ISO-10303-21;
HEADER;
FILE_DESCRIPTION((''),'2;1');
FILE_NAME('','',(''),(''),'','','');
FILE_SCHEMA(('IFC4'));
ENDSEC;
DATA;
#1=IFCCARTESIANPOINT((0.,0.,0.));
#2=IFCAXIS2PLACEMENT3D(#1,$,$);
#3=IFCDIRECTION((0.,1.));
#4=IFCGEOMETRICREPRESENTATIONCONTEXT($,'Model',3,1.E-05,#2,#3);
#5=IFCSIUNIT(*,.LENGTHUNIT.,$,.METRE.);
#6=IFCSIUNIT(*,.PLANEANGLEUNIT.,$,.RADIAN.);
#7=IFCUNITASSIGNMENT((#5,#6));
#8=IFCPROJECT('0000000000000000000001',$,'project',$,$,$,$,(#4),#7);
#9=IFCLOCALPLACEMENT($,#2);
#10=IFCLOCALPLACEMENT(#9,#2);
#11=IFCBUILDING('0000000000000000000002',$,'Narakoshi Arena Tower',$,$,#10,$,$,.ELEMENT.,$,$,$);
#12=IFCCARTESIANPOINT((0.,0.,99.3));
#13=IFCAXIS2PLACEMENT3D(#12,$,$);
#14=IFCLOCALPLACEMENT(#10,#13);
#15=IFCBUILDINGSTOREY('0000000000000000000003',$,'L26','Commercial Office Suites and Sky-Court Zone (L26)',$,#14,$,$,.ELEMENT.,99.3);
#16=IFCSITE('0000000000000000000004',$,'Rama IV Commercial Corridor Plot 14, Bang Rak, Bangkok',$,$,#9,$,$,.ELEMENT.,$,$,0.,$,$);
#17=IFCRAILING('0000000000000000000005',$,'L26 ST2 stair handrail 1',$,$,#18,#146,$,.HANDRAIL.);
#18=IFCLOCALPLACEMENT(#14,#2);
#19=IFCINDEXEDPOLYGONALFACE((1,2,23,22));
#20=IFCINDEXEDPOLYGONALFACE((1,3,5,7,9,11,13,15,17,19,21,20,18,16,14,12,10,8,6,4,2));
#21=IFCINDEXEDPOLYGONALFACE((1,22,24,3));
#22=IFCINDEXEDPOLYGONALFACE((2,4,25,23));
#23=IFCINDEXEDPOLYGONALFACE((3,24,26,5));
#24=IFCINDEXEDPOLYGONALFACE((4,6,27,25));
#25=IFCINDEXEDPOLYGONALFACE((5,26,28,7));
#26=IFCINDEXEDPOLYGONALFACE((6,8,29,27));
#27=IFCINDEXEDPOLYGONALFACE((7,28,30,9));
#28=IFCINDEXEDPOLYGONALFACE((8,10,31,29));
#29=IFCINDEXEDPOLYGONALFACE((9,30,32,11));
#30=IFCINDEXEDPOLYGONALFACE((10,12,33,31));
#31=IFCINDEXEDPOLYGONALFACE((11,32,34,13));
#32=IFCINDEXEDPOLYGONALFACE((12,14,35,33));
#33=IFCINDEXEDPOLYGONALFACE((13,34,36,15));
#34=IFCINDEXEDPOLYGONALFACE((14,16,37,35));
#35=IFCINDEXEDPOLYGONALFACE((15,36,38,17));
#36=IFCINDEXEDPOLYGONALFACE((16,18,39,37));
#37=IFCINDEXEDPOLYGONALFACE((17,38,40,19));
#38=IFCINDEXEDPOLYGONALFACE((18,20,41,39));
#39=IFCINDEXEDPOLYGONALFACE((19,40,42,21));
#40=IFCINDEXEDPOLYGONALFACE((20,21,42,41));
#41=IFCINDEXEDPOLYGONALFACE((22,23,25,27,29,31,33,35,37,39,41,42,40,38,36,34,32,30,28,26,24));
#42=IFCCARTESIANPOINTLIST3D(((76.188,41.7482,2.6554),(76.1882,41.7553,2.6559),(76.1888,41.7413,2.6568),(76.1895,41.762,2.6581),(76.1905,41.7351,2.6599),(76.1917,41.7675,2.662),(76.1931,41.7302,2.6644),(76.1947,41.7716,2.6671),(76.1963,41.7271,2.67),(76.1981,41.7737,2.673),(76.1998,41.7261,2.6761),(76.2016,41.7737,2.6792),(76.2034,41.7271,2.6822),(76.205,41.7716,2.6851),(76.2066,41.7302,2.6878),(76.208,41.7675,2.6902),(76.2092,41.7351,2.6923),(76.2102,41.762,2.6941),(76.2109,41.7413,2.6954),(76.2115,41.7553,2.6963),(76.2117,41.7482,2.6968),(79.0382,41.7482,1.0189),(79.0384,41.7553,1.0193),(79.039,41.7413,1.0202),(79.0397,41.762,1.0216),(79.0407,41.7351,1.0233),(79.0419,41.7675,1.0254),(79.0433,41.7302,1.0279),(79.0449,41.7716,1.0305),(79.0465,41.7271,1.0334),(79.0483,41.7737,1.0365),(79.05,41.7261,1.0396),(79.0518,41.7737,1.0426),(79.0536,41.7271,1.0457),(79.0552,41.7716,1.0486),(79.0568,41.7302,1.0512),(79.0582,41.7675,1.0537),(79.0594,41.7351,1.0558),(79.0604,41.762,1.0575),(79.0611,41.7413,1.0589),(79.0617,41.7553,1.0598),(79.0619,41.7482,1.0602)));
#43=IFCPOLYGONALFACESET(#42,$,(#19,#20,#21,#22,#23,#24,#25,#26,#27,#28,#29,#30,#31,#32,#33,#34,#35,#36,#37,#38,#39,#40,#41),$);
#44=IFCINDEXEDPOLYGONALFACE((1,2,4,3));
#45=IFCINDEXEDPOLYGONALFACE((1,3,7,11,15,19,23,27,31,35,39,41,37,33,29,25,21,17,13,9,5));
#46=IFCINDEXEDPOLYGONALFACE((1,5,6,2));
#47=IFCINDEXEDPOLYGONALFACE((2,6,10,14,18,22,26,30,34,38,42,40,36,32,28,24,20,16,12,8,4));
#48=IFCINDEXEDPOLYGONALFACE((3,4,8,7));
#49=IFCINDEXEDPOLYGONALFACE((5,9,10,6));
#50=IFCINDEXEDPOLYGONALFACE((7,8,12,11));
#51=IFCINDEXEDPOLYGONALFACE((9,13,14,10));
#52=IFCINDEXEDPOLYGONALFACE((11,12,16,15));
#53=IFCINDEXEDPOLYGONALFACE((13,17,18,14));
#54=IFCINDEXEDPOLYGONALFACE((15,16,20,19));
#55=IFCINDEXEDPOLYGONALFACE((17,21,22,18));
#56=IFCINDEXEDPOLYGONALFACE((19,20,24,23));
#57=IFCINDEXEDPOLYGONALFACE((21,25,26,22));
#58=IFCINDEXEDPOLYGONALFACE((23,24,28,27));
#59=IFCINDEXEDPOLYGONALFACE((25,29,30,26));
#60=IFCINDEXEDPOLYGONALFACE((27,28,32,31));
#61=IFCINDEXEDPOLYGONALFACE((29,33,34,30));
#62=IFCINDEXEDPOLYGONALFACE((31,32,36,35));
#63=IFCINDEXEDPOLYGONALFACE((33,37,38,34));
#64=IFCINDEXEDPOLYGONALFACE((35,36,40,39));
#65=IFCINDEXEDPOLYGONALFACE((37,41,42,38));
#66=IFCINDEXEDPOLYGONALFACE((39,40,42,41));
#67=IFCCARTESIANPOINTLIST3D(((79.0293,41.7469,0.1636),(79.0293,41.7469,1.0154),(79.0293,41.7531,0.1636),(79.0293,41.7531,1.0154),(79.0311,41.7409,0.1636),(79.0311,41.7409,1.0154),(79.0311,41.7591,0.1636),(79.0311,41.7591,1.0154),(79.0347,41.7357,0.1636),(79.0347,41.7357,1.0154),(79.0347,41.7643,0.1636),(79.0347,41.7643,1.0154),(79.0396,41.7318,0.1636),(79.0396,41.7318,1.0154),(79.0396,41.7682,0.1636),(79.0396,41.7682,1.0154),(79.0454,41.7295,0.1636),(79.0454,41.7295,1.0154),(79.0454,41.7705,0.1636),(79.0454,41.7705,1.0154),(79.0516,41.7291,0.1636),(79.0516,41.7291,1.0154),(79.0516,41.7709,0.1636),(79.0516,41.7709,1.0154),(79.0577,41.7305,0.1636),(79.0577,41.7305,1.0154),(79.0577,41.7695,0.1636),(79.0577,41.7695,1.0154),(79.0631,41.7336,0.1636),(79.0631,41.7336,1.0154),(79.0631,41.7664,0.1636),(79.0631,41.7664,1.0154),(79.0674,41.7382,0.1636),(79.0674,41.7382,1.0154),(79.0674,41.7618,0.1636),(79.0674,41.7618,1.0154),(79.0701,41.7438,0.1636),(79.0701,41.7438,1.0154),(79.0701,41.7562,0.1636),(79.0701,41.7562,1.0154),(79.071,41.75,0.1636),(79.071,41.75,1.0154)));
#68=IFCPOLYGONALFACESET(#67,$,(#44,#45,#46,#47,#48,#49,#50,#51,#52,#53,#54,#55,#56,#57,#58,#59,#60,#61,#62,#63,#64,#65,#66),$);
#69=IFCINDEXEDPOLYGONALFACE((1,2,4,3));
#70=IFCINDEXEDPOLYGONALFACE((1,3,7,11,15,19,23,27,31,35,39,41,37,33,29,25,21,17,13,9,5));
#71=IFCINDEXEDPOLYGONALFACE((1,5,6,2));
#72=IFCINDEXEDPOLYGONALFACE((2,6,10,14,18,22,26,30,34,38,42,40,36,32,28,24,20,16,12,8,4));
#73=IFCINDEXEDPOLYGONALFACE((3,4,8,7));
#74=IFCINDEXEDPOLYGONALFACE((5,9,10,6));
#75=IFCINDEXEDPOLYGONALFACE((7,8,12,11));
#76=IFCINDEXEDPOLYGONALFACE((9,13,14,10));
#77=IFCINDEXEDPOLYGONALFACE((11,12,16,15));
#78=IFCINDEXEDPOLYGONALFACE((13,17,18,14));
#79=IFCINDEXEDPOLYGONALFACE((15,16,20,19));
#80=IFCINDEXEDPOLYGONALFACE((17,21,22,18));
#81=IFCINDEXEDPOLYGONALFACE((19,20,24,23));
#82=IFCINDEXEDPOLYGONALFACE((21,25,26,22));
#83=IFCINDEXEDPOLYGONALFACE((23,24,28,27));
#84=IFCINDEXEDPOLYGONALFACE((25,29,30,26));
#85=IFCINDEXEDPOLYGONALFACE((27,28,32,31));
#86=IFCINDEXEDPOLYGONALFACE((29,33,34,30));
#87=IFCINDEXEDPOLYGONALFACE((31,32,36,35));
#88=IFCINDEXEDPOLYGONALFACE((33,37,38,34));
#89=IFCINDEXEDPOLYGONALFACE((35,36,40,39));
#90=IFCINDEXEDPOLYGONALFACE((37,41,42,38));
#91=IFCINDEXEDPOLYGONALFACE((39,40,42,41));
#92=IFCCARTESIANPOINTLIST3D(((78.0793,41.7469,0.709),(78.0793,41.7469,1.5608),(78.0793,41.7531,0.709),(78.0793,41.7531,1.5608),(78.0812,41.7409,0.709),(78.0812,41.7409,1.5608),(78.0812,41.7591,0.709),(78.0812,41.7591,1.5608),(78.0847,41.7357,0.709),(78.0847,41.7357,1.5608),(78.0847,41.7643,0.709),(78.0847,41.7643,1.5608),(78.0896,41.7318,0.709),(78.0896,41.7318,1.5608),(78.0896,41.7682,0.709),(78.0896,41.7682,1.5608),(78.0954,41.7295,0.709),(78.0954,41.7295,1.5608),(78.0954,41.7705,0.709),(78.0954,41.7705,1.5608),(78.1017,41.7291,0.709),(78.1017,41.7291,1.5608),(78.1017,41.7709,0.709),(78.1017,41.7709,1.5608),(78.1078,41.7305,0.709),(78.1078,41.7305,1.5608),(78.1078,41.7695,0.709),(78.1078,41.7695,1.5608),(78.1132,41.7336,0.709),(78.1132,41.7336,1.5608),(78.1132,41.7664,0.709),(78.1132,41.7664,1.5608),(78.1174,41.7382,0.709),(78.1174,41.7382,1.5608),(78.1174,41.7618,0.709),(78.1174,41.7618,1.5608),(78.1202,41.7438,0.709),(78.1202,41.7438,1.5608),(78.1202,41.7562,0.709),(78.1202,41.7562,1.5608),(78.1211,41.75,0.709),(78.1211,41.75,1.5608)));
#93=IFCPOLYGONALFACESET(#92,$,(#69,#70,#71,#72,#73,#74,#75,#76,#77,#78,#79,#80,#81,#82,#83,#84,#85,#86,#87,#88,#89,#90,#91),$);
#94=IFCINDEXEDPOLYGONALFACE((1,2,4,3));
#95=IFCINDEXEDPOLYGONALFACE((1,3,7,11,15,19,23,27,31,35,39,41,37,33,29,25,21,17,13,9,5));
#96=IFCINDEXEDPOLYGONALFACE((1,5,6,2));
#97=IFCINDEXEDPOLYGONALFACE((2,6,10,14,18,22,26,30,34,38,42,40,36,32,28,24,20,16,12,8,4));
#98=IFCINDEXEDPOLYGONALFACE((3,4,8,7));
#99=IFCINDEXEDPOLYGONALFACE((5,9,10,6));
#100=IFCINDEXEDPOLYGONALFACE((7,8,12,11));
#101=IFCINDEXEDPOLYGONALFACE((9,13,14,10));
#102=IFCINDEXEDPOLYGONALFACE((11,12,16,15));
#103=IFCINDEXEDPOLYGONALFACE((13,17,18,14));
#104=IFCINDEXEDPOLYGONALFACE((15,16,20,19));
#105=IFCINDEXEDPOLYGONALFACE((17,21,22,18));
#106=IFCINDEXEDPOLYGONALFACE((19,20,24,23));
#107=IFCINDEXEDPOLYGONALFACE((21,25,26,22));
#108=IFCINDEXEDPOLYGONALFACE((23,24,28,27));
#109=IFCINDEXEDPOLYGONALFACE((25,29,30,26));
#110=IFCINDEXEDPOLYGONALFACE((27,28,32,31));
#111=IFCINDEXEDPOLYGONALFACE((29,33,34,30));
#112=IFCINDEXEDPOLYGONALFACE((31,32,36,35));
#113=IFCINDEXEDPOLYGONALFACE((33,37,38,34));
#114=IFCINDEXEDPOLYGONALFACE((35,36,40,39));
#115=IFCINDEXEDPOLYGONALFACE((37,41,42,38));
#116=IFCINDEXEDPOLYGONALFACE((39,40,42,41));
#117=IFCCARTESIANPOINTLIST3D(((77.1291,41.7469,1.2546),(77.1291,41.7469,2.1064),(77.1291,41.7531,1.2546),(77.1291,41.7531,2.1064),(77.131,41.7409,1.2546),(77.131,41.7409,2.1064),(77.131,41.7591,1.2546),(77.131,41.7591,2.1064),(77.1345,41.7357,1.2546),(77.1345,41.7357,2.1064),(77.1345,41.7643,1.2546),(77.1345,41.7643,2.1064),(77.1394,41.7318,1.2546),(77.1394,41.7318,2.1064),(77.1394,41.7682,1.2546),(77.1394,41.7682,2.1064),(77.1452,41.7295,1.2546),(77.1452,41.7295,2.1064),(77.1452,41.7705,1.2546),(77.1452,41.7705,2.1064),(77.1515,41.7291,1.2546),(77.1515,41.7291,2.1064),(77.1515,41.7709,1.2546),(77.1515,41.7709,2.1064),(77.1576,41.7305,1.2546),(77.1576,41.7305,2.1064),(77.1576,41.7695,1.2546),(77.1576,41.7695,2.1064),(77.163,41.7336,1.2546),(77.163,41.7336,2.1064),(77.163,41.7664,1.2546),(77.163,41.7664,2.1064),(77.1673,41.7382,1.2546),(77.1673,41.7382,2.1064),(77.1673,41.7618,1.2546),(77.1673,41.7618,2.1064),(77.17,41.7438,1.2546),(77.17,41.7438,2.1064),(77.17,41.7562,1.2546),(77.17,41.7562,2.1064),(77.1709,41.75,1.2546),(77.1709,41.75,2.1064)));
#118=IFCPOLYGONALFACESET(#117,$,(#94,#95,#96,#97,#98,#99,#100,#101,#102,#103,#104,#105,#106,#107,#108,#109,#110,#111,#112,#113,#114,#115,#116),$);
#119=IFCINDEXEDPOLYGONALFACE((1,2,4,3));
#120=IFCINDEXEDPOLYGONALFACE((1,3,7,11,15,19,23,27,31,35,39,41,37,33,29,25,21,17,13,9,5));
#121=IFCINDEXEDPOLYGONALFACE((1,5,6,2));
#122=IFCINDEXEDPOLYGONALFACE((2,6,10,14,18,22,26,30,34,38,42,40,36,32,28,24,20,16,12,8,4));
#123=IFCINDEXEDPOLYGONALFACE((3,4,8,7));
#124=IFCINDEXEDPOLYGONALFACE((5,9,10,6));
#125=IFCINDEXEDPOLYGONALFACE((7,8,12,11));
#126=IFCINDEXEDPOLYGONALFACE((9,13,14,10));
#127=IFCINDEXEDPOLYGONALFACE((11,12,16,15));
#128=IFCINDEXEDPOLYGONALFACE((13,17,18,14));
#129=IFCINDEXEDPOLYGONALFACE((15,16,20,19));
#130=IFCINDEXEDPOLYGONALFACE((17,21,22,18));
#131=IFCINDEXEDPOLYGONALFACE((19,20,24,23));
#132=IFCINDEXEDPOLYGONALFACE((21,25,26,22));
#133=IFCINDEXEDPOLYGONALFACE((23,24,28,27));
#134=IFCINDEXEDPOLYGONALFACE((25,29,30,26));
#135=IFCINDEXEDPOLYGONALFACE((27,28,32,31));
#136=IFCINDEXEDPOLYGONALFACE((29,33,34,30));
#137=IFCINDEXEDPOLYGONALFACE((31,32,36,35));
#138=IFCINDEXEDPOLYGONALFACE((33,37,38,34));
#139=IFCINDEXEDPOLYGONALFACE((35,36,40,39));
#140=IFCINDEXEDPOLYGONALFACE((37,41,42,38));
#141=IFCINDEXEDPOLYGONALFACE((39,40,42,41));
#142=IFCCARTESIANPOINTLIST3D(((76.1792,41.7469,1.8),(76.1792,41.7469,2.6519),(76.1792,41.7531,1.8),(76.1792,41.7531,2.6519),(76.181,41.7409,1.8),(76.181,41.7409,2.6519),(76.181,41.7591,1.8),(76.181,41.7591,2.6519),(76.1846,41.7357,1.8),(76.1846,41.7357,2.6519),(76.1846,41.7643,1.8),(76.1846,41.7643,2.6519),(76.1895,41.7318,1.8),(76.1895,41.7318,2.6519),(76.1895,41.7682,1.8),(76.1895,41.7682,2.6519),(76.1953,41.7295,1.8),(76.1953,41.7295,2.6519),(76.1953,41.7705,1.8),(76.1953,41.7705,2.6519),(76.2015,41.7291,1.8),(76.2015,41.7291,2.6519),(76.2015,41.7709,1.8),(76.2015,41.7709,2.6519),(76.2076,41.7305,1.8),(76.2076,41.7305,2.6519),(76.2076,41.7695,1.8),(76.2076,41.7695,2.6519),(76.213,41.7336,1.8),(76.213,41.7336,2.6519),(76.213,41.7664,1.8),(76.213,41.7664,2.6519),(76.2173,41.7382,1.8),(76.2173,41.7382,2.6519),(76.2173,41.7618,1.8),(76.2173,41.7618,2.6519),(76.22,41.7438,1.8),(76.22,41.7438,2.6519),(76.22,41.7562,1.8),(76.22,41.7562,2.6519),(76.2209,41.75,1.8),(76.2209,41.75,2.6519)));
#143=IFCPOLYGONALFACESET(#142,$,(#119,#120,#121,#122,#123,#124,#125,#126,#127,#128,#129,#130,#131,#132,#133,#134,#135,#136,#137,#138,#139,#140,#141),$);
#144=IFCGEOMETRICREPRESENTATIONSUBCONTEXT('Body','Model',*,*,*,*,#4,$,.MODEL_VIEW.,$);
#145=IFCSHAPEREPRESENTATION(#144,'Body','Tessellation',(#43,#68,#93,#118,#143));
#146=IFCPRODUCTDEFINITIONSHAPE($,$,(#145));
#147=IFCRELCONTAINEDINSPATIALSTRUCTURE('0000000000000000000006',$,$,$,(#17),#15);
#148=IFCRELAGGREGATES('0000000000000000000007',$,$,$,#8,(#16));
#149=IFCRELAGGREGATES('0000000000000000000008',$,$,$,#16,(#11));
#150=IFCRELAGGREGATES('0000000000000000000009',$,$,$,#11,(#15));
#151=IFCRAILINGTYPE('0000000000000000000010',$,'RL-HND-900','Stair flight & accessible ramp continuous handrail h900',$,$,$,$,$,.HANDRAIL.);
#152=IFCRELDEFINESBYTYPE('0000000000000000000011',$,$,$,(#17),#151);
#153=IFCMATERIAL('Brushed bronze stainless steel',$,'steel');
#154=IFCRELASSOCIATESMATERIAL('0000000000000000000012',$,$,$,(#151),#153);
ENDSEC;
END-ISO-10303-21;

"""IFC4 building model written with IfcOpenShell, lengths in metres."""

from ifc_helpers import new_model, si_unit, direction, frame, origin, origin_2d, place, context, subcontext, project, spatial, circle, extrude, material, type_object, element, save


model = new_model("IFC4")

# Units and contexts
model_context = context("Model", 3, precision=1e-05, world=origin(), true_north=direction((0.0, 1.0)))
body_context = subcontext(model_context, "Body", "Model", "MODEL_VIEW")
ifc_project = project(units=[si_unit("LENGTHUNIT", "METRE"), si_unit("PLANEANGLEUNIT", "RADIAN")], contexts=[model_context])

# Site, building, storey
site_placement = place(None, origin())
site = spatial("IfcSite", under=ifc_project, at=site_placement, Name="Rama IV Commercial Corridor Plot 14, Bang Rak, Bangkok", CompositionType="ELEMENT", RefElevation=0.0)
building_placement = place(site_placement, origin())
building = spatial("IfcBuilding", under=site, at=building_placement, Name="Narakoshi Arena Tower", CompositionType="ELEMENT")
storey_placement = place(building_placement, frame((0.0, 0.0, 99.3)))
storey = spatial("IfcBuildingStorey", under=building, at=storey_placement, Name="L26", Description="Commercial Office Suites and Sky-Court Zone (L26)", CompositionType="ELEMENT", Elevation=99.3)

# Railing
ifc_material_1 = material(Name="Brushed bronze stainless steel", Category="steel")
railing_type_1 = type_object("IfcRailingType", Name="RL-HND-900", Description="Stair flight & accessible ramp continuous handrail h900", PredefinedType="HANDRAIL", material=ifc_material_1)
railing_1_placement = place(storey_placement, frame((79.05, 41.75, 0.1636)))
element("IfcRailing", 1, at=railing_1_placement, inside=storey, type_object=railing_type_1, Name="L26 ST2 stair handrail 1", PredefinedType="HANDRAIL", context=body_context, shape_type="SweptSolid", body=[
    extrude(circle(Radius=0.0239, at=origin_2d()), frame((0.0, 0.0, 0.876), z_axis=(-0.867213, 0.0, 0.497938), x_axis=(0.0, -1.0, 0.0)), (0.0, 0.0, 1.0), 3.2866),
    extrude(circle(Radius=0.021, at=origin_2d()), origin(), (0.0, 0.0, 1.0), 0.8518),
    extrude(circle(Radius=0.021, at=origin_2d()), frame((-0.95, 0.0, 0.5454)), (0.0, 0.0, 1.0), 0.8518),
    extrude(circle(Radius=0.021, at=origin_2d()), frame((-1.9001, 0.0, 1.0911)), (0.0, 0.0, 1.0), 0.8518),
    extrude(circle(Radius=0.021, at=origin_2d()), frame((-2.8501, 0.0, 1.6365)), (0.0, 0.0, 1.0), 0.8518),
])

save(model, "model.ifc")
